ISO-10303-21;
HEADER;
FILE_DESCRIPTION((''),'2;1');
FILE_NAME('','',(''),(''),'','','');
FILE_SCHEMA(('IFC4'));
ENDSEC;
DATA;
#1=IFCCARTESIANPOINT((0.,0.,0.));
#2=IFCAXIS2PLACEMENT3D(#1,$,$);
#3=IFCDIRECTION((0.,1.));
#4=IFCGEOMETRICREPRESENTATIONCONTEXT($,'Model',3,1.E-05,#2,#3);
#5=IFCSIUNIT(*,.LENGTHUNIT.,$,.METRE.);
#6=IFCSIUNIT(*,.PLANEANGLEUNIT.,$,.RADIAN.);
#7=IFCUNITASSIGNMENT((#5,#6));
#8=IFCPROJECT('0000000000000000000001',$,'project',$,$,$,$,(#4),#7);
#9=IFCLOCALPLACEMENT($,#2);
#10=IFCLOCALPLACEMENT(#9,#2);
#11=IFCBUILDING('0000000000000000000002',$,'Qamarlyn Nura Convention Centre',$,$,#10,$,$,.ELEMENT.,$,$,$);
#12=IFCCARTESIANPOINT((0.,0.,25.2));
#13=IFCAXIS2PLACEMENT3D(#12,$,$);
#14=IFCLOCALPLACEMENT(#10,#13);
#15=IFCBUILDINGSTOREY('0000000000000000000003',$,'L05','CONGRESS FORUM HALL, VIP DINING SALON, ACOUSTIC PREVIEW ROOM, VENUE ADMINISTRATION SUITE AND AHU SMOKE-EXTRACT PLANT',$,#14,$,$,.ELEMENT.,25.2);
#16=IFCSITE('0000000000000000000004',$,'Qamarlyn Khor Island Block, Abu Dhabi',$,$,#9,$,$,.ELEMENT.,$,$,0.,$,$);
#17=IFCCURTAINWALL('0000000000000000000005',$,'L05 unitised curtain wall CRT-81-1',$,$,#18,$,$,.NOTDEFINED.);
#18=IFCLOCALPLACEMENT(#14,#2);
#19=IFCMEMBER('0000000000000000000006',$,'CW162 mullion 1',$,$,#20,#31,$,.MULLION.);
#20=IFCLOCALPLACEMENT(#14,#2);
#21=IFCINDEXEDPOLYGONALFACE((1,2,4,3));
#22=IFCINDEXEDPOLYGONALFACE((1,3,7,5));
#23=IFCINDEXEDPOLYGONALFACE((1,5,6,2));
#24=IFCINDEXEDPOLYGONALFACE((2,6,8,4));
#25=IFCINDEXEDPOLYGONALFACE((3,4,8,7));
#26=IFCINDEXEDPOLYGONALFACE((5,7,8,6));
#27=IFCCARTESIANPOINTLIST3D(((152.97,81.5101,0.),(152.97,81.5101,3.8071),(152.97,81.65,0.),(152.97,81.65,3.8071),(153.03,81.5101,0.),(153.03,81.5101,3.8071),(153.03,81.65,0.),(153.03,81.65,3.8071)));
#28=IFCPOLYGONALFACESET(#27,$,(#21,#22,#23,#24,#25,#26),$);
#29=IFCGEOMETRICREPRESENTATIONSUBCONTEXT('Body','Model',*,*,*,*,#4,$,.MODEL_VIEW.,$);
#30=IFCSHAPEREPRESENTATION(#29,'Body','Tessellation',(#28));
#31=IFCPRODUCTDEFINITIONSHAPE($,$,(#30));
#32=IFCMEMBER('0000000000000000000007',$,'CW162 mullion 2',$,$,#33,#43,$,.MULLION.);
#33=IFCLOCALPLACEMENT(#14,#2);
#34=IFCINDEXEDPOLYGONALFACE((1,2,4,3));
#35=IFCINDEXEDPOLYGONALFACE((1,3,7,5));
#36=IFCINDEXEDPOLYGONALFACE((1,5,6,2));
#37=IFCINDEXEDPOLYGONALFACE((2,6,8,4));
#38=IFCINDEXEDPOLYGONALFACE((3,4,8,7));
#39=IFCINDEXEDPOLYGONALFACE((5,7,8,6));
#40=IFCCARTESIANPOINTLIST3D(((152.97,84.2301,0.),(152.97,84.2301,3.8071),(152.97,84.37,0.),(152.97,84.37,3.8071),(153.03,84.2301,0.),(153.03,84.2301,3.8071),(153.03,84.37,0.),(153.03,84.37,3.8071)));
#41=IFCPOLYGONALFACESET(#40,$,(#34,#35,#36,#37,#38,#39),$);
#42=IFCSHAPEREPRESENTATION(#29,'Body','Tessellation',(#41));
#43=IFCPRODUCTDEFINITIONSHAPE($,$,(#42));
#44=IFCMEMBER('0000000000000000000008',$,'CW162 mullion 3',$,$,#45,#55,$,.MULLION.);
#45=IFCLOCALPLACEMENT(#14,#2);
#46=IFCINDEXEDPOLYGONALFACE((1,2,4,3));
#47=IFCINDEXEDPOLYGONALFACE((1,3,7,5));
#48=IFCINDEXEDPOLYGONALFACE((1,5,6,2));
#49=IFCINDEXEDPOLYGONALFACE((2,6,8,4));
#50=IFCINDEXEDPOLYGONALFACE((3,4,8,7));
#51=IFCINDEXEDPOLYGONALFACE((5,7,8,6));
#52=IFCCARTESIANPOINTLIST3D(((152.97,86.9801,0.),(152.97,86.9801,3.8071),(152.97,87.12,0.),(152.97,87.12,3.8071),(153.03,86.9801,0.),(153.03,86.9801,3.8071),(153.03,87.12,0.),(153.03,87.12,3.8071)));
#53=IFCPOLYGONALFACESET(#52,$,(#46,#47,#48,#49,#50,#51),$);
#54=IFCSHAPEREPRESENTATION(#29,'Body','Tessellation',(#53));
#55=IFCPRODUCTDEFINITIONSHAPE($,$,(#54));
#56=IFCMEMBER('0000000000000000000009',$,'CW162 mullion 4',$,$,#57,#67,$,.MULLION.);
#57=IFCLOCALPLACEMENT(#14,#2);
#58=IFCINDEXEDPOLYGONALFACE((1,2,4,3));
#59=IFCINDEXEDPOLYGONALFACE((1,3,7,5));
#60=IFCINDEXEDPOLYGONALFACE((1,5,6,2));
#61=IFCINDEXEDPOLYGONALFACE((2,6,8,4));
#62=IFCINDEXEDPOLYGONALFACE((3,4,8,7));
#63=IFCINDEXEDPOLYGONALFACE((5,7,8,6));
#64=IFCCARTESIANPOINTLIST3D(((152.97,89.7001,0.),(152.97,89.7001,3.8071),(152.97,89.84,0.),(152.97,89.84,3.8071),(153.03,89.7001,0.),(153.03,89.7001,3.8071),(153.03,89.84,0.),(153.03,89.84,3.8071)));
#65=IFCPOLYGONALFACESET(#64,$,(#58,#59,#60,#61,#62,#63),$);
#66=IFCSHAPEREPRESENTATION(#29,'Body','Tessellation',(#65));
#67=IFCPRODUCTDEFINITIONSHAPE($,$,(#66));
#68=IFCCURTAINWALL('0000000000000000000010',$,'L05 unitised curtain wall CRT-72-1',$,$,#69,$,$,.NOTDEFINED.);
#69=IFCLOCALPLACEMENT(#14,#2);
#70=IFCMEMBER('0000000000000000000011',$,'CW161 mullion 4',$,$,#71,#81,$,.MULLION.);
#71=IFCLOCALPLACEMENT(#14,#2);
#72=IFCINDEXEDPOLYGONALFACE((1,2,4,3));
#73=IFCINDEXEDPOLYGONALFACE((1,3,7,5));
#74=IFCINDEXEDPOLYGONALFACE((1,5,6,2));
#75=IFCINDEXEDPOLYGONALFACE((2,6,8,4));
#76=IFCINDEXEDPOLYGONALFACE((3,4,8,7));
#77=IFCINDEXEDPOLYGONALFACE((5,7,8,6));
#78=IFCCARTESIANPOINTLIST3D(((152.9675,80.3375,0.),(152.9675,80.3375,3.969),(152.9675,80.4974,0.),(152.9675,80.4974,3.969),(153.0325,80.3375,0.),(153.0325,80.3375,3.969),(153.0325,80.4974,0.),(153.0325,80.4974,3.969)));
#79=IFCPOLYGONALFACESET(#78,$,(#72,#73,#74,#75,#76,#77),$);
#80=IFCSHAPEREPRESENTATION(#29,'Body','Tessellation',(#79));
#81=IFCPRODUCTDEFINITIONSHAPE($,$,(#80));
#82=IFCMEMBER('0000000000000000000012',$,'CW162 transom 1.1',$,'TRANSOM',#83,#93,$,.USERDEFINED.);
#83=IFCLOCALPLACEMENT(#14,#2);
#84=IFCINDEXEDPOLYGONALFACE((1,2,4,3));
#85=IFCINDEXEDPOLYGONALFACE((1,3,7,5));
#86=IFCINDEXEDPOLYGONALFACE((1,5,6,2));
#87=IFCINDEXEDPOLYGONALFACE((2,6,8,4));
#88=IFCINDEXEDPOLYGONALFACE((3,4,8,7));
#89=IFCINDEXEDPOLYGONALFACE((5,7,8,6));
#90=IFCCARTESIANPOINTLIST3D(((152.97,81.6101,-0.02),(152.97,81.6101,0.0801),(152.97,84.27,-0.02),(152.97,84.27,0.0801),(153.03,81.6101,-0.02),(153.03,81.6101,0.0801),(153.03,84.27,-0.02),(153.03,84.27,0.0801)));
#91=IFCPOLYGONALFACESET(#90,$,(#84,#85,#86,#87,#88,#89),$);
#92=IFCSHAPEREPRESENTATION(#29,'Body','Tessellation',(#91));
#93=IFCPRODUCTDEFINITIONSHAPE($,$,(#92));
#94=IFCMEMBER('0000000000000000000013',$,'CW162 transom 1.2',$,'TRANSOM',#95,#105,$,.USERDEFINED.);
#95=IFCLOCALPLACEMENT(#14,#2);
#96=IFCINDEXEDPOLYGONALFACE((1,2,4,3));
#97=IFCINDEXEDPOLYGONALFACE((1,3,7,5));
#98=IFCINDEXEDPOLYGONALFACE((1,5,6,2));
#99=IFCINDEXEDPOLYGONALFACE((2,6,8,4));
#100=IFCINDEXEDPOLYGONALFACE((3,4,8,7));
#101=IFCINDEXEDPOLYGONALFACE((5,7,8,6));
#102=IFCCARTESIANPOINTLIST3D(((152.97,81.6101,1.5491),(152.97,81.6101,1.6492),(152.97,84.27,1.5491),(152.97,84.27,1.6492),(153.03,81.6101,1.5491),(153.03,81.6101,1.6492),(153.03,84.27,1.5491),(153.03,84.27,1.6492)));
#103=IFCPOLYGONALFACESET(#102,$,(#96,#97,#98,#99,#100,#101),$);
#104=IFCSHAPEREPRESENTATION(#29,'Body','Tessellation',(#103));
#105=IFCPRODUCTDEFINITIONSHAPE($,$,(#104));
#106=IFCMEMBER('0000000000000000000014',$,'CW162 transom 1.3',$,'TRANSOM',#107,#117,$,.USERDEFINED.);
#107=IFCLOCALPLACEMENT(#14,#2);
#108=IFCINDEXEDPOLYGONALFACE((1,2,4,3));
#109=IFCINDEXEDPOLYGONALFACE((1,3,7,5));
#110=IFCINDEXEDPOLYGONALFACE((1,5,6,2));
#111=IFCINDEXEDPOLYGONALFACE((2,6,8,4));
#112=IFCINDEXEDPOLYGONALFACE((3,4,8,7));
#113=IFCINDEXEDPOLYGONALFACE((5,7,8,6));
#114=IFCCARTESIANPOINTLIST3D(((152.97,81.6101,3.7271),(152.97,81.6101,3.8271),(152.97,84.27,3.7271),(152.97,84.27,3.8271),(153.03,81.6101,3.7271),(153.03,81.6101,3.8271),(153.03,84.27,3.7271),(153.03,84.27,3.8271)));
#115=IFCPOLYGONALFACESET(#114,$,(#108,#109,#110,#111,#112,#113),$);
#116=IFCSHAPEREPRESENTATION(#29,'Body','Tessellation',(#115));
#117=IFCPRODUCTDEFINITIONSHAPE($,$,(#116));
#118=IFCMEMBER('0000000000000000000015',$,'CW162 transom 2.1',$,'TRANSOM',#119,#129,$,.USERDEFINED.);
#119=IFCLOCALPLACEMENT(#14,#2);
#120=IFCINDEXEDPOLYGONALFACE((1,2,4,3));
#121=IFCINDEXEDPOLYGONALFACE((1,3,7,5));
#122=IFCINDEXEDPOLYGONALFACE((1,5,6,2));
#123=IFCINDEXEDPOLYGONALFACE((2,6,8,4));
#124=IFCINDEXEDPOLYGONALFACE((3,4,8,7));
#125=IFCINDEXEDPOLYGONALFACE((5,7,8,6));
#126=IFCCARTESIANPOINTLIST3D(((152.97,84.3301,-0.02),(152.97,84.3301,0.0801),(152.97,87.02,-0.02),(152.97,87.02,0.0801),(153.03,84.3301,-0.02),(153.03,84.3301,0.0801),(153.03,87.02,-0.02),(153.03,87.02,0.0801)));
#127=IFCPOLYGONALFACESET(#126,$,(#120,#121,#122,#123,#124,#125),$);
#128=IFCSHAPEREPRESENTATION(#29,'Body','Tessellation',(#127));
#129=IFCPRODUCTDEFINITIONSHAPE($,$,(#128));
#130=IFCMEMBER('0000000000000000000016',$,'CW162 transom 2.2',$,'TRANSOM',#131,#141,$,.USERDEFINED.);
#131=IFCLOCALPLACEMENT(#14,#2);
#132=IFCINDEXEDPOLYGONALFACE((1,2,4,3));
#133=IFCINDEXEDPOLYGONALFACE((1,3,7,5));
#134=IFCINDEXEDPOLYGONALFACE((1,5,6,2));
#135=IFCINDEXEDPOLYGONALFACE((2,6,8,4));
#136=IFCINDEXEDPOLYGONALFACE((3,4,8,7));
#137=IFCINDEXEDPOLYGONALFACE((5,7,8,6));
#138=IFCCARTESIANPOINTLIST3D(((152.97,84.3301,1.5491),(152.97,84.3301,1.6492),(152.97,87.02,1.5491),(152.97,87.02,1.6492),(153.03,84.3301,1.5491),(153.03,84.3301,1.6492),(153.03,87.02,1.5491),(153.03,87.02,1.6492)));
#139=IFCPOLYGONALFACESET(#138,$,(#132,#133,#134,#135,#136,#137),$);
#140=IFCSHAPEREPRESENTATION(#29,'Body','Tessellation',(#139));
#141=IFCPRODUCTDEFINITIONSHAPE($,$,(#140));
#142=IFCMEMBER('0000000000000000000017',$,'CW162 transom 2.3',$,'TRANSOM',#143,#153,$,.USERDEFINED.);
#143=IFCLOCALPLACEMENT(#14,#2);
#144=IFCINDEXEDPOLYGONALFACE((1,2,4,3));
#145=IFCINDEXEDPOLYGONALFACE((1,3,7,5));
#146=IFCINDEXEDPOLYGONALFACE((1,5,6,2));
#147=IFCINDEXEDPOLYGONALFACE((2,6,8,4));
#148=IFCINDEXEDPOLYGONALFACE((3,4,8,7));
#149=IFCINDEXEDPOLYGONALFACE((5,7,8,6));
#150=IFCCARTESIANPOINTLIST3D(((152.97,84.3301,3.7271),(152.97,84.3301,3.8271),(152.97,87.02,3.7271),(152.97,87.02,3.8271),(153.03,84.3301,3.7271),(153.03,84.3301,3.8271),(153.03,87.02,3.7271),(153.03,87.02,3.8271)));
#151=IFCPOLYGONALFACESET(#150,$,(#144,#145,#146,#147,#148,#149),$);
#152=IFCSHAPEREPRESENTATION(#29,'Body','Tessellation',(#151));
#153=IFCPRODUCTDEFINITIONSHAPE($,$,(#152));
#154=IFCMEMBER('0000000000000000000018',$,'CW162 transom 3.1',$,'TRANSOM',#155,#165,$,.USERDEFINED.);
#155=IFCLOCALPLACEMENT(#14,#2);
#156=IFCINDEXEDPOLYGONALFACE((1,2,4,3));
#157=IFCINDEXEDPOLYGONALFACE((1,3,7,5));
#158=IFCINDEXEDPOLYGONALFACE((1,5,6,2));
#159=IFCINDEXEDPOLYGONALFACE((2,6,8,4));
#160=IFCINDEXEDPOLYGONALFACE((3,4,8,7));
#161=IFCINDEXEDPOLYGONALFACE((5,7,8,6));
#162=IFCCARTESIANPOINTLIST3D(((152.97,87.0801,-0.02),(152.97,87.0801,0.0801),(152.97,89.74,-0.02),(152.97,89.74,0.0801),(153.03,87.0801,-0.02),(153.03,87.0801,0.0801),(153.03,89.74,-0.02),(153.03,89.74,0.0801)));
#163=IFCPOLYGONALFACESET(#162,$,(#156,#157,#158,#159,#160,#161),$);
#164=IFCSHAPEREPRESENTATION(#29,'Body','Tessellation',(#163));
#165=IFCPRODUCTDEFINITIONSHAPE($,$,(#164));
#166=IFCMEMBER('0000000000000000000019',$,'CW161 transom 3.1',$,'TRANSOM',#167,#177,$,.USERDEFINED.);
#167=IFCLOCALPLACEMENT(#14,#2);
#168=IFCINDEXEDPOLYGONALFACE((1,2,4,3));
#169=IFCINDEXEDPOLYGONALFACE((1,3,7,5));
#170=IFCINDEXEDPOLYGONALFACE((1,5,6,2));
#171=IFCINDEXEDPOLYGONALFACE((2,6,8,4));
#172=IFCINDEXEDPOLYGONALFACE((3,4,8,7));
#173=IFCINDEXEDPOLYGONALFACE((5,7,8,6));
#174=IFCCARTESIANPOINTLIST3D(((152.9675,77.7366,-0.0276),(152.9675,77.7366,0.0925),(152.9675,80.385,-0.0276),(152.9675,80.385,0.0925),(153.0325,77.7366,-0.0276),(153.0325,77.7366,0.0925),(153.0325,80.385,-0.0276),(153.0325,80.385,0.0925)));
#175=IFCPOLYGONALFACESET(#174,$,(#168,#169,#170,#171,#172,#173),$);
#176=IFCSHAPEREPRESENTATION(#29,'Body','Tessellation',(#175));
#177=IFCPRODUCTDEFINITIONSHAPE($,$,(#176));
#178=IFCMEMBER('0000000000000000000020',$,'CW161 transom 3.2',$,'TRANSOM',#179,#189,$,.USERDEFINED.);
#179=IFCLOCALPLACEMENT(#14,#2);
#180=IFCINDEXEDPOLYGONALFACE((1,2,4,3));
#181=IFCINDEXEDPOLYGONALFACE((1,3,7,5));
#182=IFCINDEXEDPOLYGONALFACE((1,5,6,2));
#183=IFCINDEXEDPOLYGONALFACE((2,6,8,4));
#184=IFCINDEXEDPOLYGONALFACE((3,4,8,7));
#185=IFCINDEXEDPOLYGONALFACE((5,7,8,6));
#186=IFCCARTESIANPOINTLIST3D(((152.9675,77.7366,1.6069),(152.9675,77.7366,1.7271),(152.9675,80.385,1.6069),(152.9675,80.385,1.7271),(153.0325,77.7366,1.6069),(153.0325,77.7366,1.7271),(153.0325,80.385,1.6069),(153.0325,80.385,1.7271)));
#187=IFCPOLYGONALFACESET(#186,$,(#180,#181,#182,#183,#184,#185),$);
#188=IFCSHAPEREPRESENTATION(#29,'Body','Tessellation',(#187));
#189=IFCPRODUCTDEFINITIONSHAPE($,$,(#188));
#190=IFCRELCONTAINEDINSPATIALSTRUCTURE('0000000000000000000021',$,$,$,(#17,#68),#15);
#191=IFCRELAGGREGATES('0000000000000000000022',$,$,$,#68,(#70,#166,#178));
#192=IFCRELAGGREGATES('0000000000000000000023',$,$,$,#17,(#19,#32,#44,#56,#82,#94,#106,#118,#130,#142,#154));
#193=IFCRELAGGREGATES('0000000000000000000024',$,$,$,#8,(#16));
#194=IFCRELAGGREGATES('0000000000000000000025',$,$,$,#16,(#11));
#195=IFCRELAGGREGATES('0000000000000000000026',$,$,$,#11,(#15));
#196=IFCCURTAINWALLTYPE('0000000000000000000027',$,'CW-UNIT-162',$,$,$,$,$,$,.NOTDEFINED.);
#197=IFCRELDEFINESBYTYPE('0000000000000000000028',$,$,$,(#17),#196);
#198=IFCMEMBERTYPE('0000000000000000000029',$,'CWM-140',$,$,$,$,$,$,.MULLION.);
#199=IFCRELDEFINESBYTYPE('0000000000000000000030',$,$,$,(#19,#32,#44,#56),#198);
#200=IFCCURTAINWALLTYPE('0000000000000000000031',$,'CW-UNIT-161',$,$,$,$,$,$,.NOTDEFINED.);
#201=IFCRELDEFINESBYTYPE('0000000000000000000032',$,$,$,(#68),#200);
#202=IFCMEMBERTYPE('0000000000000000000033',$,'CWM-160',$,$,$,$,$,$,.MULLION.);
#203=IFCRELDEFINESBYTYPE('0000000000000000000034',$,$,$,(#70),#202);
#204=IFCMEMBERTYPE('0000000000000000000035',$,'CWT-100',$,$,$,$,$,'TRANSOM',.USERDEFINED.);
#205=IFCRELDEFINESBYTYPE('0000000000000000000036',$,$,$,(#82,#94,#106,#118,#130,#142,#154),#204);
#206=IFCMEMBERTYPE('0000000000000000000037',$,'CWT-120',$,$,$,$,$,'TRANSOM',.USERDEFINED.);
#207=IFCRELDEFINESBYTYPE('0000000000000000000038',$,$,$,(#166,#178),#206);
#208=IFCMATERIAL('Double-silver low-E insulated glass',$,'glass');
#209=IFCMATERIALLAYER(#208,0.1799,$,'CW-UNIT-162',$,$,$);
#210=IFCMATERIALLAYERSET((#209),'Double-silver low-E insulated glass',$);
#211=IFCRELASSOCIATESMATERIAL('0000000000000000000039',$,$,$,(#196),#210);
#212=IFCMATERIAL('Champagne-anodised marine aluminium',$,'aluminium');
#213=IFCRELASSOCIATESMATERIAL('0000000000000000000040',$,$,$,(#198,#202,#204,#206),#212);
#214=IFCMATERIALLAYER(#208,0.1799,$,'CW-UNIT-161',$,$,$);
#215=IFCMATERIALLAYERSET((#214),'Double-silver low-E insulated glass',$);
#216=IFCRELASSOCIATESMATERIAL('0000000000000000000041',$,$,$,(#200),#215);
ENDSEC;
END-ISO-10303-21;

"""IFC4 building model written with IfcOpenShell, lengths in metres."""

from ifc_helpers import new_model, si_unit, direction, frame, origin, origin_2d, place, context, subcontext, project, spatial, rectangle, extrude, material, layer, layer_set, material_profile, profile_set, type_object, element, aggregate, save


model = new_model("IFC4")

# Units and contexts
model_context = context("Model", 3, precision=1e-05, world=origin(), true_north=direction((0.0, 1.0)))
body_context = subcontext(model_context, "Body", "Model", "MODEL_VIEW")
ifc_project = project(units=[si_unit("LENGTHUNIT", "METRE"), si_unit("PLANEANGLEUNIT", "RADIAN")], contexts=[model_context])

# Site, building, storey
site_placement = place(None, origin())
site = spatial("IfcSite", under=ifc_project, at=site_placement, Name="Qamarlyn Khor Island Block, Abu Dhabi", CompositionType="ELEMENT", RefElevation=0.0)
building_placement = place(site_placement, origin())
building = spatial("IfcBuilding", under=site, at=building_placement, Name="Qamarlyn Nura Convention Centre", CompositionType="ELEMENT")
storey_placement = place(building_placement, frame((0.0, 0.0, 25.2)))
storey = spatial("IfcBuildingStorey", under=building, at=storey_placement, Name="L05", Description="CONGRESS FORUM HALL, VIP DINING SALON, ACOUSTIC PREVIEW ROOM, VENUE ADMINISTRATION SUITE AND AHU SMOKE-EXTRACT PLANT", CompositionType="ELEMENT", Elevation=25.2)

# Curtain wall, members
ifc_material_1 = material(Name="Double-silver low-E insulated glass", Category="glass")
ifc_layer_1 = layer(ifc_material_1, 0.1799, Name="CW-UNIT-162")
ifc_layer_set_1 = layer_set([ifc_layer_1], Name="Double-silver low-E insulated glass")
curtain_wall_type_1 = type_object("IfcCurtainWallType", Name="CW-UNIT-162", PredefinedType="NOTDEFINED", material=ifc_layer_set_1)
curtain_wall_1_placement = place(storey_placement, origin())
curtain_wall_1 = element("IfcCurtainWall", 1, at=curtain_wall_1_placement, inside=storey, type_object=curtain_wall_type_1, Name="L05 unitised curtain wall CRT-81-1", PredefinedType="NOTDEFINED")
ifc_material_2 = material(Name="Champagne-anodised marine aluminium", Category="aluminium")
ifc_material_profile_1 = material_profile(ifc_material_2, rectangle(XDim=0.0601, YDim=0.1399, at=origin_2d()), Name="ALU MULLION 60x140")
ifc_profile_set_1 = profile_set([ifc_material_profile_1], Name="Champagne-anodised marine aluminium")
member_type_1 = type_object("IfcMemberType", Name="CWM-140", PredefinedType="MULLION", material=ifc_profile_set_1)
member_1_placement = place(storey_placement, frame((153.0, 81.5801, 0.0), z_axis=(0.0, 0.0, 1.0), x_axis=(-1.0, 0.0, 0.0)))
member_1 = element("IfcMember", 2, at=member_1_placement, type_object=member_type_1, Name="CW162 mullion 1", PredefinedType="MULLION", context=body_context, shape_type="SweptSolid", body=[
    extrude(rectangle(XDim=0.0601, YDim=0.1399, at=origin_2d()), origin(), (0.0, 0.0, 1.0), 3.8071),
])
member_2_placement = place(storey_placement, frame((153.0, 84.3, 0.0), z_axis=(0.0, 0.0, 1.0), x_axis=(-1.0, 0.0, 0.0)))
member_2 = element("IfcMember", 3, at=member_2_placement, type_object=member_type_1, Name="CW162 mullion 2", PredefinedType="MULLION", context=body_context, shape_type="SweptSolid", body=[
    extrude(rectangle(XDim=0.0601, YDim=0.1399, at=origin_2d()), origin(), (0.0, 0.0, 1.0), 3.8071),
])
member_3_placement = place(storey_placement, frame((153.0, 87.05, 0.0), z_axis=(0.0, 0.0, 1.0), x_axis=(-1.0, 0.0, 0.0)))
member_3 = element("IfcMember", 4, at=member_3_placement, type_object=member_type_1, Name="CW162 mullion 3", PredefinedType="MULLION", context=body_context, shape_type="SweptSolid", body=[
    extrude(rectangle(XDim=0.0601, YDim=0.1399, at=origin_2d()), origin(), (0.0, 0.0, 1.0), 3.8071),
])
member_4_placement = place(storey_placement, frame((153.0, 89.77, 0.0), z_axis=(0.0, 0.0, 1.0), x_axis=(-1.0, 0.0, 0.0)))
member_4 = element("IfcMember", 5, at=member_4_placement, type_object=member_type_1, Name="CW162 mullion 4", PredefinedType="MULLION", context=body_context, shape_type="SweptSolid", body=[
    extrude(rectangle(XDim=0.0601, YDim=0.1399, at=origin_2d()), origin(), (0.0, 0.0, 1.0), 3.8071),
])

# Curtain wall, member
ifc_layer_2 = layer(ifc_material_1, 0.1799, Name="CW-UNIT-161")
ifc_layer_set_2 = layer_set([ifc_layer_2], Name="Double-silver low-E insulated glass")
curtain_wall_type_2 = type_object("IfcCurtainWallType", Name="CW-UNIT-161", PredefinedType="NOTDEFINED", material=ifc_layer_set_2)
curtain_wall_2_placement = place(storey_placement, origin())
curtain_wall_2 = element("IfcCurtainWall", 6, at=curtain_wall_2_placement, inside=storey, type_object=curtain_wall_type_2, Name="L05 unitised curtain wall CRT-72-1", PredefinedType="NOTDEFINED")
ifc_material_profile_2 = material_profile(ifc_material_2, rectangle(XDim=0.0649, YDim=0.1599, at=origin_2d()), Name="ALU MULLION 65x160")
ifc_profile_set_2 = profile_set([ifc_material_profile_2], Name="Champagne-anodised marine aluminium")
member_type_2 = type_object("IfcMemberType", Name="CWM-160", PredefinedType="MULLION", material=ifc_profile_set_2)
member_5_placement = place(storey_placement, frame((153.0, 80.4175, 0.0), z_axis=(0.0, 0.0, 1.0), x_axis=(-1.0, 0.0, 0.0)))
member_5 = element("IfcMember", 7, at=member_5_placement, type_object=member_type_2, Name="CW161 mullion 4", PredefinedType="MULLION", context=body_context, shape_type="SweptSolid", body=[
    extrude(rectangle(XDim=0.0649, YDim=0.1599, at=origin_2d()), origin(), (0.0, 0.0, 1.0), 3.969),
])

# Members
ifc_material_profile_3 = material_profile(ifc_material_2, rectangle(XDim=0.0601, YDim=0.1001, at=origin_2d()), Name="ALU TRANSOM 60x100")
ifc_profile_set_3 = profile_set([ifc_material_profile_3], Name="Champagne-anodised marine aluminium")
member_type_3 = type_object("IfcMemberType", Name="CWT-100", ElementType="TRANSOM", PredefinedType="USERDEFINED", material=ifc_profile_set_3)
member_6_placement = place(storey_placement, frame((153.0, 81.6101, 0.03), z_axis=(0.0, 1.0, 0.0), x_axis=(-1.0, 0.0, 0.0)))
member_6 = element("IfcMember", 8, at=member_6_placement, type_object=member_type_3, Name="CW162 transom 1.1", ObjectType="TRANSOM", PredefinedType="USERDEFINED", context=body_context, shape_type="SweptSolid", body=[
    extrude(rectangle(XDim=0.0601, YDim=0.1001, at=origin_2d()), origin(), (0.0, 0.0, 1.0), 2.6599),
])
member_7_placement = place(storey_placement, frame((153.0, 81.6101, 1.5991), z_axis=(0.0, 1.0, 0.0), x_axis=(-1.0, 0.0, 0.0)))
member_7 = element("IfcMember", 9, at=member_7_placement, type_object=member_type_3, Name="CW162 transom 1.2", ObjectType="TRANSOM", PredefinedType="USERDEFINED", context=body_context, shape_type="SweptSolid", body=[
    extrude(rectangle(XDim=0.0601, YDim=0.1001, at=origin_2d()), origin(), (0.0, 0.0, 1.0), 2.6599),
])
member_8_placement = place(storey_placement, frame((153.0, 81.6101, 3.7771), z_axis=(0.0, 1.0, 0.0), x_axis=(-1.0, 0.0, 0.0)))
member_8 = element("IfcMember", 10, at=member_8_placement, type_object=member_type_3, Name="CW162 transom 1.3", ObjectType="TRANSOM", PredefinedType="USERDEFINED", context=body_context, shape_type="SweptSolid", body=[
    extrude(rectangle(XDim=0.0601, YDim=0.1001, at=origin_2d()), origin(), (0.0, 0.0, 1.0), 2.6599),
])
member_9_placement = place(storey_placement, frame((153.0, 84.3301, 0.03), z_axis=(0.0, 1.0, 0.0), x_axis=(-1.0, 0.0, 0.0)))
member_9 = element("IfcMember", 11, at=member_9_placement, type_object=member_type_3, Name="CW162 transom 2.1", ObjectType="TRANSOM", PredefinedType="USERDEFINED", context=body_context, shape_type="SweptSolid", body=[
    extrude(rectangle(XDim=0.0601, YDim=0.1001, at=origin_2d()), origin(), (0.0, 0.0, 1.0), 2.6899),
])
member_10_placement = place(storey_placement, frame((153.0, 84.3301, 1.5991), z_axis=(0.0, 1.0, 0.0), x_axis=(-1.0, 0.0, 0.0)))
member_10 = element("IfcMember", 12, at=member_10_placement, type_object=member_type_3, Name="CW162 transom 2.2", ObjectType="TRANSOM", PredefinedType="USERDEFINED", context=body_context, shape_type="SweptSolid", body=[
    extrude(rectangle(XDim=0.0601, YDim=0.1001, at=origin_2d()), origin(), (0.0, 0.0, 1.0), 2.6899),
])
member_11_placement = place(storey_placement, frame((153.0, 84.3301, 3.7771), z_axis=(0.0, 1.0, 0.0), x_axis=(-1.0, 0.0, 0.0)))
member_11 = element("IfcMember", 13, at=member_11_placement, type_object=member_type_3, Name="CW162 transom 2.3", ObjectType="TRANSOM", PredefinedType="USERDEFINED", context=body_context, shape_type="SweptSolid", body=[
    extrude(rectangle(XDim=0.0601, YDim=0.1001, at=origin_2d()), origin(), (0.0, 0.0, 1.0), 2.6899),
])
member_12_placement = place(storey_placement, frame((153.0, 87.0801, 0.03), z_axis=(0.0, 1.0, 0.0), x_axis=(-1.0, 0.0, 0.0)))
member_12 = element("IfcMember", 14, at=member_12_placement, type_object=member_type_3, Name="CW162 transom 3.1", ObjectType="TRANSOM", PredefinedType="USERDEFINED", context=body_context, shape_type="SweptSolid", body=[
    extrude(rectangle(XDim=0.0601, YDim=0.1001, at=origin_2d()), origin(), (0.0, 0.0, 1.0), 2.6599),
])
ifc_material_profile_4 = material_profile(ifc_material_2, rectangle(XDim=0.0649, YDim=0.1201, at=origin_2d()), Name="ALU TRANSOM 65x120")
ifc_profile_set_4 = profile_set([ifc_material_profile_4], Name="Champagne-anodised marine aluminium")
member_type_4 = type_object("IfcMemberType", Name="CWT-120", ElementType="TRANSOM", PredefinedType="USERDEFINED", material=ifc_profile_set_4)
member_13_placement = place(storey_placement, frame((153.0, 77.7366, 0.0325), z_axis=(0.0, 1.0, 0.0), x_axis=(-1.0, 0.0, 0.0)))
member_13 = element("IfcMember", 15, at=member_13_placement, type_object=member_type_4, Name="CW161 transom 3.1", ObjectType="TRANSOM", PredefinedType="USERDEFINED", context=body_context, shape_type="SweptSolid", body=[
    extrude(rectangle(XDim=0.0649, YDim=0.1201, at=origin_2d()), origin(), (0.0, 0.0, 1.0), 2.6484),
])
member_14_placement = place(storey_placement, frame((153.0, 77.7366, 1.667), z_axis=(0.0, 1.0, 0.0), x_axis=(-1.0, 0.0, 0.0)))
member_14 = element("IfcMember", 16, at=member_14_placement, type_object=member_type_4, Name="CW161 transom 3.2", ObjectType="TRANSOM", PredefinedType="USERDEFINED", context=body_context, shape_type="SweptSolid", body=[
    extrude(rectangle(XDim=0.0649, YDim=0.1201, at=origin_2d()), origin(), (0.0, 0.0, 1.0), 2.6484),
])

aggregate(curtain_wall_2, [member_5, member_13, member_14])
aggregate(curtain_wall_1, [member_1, member_2, member_3, member_4, member_6, member_7, member_8, member_9, member_10, member_11, member_12])

save(model, "model.ifc")
